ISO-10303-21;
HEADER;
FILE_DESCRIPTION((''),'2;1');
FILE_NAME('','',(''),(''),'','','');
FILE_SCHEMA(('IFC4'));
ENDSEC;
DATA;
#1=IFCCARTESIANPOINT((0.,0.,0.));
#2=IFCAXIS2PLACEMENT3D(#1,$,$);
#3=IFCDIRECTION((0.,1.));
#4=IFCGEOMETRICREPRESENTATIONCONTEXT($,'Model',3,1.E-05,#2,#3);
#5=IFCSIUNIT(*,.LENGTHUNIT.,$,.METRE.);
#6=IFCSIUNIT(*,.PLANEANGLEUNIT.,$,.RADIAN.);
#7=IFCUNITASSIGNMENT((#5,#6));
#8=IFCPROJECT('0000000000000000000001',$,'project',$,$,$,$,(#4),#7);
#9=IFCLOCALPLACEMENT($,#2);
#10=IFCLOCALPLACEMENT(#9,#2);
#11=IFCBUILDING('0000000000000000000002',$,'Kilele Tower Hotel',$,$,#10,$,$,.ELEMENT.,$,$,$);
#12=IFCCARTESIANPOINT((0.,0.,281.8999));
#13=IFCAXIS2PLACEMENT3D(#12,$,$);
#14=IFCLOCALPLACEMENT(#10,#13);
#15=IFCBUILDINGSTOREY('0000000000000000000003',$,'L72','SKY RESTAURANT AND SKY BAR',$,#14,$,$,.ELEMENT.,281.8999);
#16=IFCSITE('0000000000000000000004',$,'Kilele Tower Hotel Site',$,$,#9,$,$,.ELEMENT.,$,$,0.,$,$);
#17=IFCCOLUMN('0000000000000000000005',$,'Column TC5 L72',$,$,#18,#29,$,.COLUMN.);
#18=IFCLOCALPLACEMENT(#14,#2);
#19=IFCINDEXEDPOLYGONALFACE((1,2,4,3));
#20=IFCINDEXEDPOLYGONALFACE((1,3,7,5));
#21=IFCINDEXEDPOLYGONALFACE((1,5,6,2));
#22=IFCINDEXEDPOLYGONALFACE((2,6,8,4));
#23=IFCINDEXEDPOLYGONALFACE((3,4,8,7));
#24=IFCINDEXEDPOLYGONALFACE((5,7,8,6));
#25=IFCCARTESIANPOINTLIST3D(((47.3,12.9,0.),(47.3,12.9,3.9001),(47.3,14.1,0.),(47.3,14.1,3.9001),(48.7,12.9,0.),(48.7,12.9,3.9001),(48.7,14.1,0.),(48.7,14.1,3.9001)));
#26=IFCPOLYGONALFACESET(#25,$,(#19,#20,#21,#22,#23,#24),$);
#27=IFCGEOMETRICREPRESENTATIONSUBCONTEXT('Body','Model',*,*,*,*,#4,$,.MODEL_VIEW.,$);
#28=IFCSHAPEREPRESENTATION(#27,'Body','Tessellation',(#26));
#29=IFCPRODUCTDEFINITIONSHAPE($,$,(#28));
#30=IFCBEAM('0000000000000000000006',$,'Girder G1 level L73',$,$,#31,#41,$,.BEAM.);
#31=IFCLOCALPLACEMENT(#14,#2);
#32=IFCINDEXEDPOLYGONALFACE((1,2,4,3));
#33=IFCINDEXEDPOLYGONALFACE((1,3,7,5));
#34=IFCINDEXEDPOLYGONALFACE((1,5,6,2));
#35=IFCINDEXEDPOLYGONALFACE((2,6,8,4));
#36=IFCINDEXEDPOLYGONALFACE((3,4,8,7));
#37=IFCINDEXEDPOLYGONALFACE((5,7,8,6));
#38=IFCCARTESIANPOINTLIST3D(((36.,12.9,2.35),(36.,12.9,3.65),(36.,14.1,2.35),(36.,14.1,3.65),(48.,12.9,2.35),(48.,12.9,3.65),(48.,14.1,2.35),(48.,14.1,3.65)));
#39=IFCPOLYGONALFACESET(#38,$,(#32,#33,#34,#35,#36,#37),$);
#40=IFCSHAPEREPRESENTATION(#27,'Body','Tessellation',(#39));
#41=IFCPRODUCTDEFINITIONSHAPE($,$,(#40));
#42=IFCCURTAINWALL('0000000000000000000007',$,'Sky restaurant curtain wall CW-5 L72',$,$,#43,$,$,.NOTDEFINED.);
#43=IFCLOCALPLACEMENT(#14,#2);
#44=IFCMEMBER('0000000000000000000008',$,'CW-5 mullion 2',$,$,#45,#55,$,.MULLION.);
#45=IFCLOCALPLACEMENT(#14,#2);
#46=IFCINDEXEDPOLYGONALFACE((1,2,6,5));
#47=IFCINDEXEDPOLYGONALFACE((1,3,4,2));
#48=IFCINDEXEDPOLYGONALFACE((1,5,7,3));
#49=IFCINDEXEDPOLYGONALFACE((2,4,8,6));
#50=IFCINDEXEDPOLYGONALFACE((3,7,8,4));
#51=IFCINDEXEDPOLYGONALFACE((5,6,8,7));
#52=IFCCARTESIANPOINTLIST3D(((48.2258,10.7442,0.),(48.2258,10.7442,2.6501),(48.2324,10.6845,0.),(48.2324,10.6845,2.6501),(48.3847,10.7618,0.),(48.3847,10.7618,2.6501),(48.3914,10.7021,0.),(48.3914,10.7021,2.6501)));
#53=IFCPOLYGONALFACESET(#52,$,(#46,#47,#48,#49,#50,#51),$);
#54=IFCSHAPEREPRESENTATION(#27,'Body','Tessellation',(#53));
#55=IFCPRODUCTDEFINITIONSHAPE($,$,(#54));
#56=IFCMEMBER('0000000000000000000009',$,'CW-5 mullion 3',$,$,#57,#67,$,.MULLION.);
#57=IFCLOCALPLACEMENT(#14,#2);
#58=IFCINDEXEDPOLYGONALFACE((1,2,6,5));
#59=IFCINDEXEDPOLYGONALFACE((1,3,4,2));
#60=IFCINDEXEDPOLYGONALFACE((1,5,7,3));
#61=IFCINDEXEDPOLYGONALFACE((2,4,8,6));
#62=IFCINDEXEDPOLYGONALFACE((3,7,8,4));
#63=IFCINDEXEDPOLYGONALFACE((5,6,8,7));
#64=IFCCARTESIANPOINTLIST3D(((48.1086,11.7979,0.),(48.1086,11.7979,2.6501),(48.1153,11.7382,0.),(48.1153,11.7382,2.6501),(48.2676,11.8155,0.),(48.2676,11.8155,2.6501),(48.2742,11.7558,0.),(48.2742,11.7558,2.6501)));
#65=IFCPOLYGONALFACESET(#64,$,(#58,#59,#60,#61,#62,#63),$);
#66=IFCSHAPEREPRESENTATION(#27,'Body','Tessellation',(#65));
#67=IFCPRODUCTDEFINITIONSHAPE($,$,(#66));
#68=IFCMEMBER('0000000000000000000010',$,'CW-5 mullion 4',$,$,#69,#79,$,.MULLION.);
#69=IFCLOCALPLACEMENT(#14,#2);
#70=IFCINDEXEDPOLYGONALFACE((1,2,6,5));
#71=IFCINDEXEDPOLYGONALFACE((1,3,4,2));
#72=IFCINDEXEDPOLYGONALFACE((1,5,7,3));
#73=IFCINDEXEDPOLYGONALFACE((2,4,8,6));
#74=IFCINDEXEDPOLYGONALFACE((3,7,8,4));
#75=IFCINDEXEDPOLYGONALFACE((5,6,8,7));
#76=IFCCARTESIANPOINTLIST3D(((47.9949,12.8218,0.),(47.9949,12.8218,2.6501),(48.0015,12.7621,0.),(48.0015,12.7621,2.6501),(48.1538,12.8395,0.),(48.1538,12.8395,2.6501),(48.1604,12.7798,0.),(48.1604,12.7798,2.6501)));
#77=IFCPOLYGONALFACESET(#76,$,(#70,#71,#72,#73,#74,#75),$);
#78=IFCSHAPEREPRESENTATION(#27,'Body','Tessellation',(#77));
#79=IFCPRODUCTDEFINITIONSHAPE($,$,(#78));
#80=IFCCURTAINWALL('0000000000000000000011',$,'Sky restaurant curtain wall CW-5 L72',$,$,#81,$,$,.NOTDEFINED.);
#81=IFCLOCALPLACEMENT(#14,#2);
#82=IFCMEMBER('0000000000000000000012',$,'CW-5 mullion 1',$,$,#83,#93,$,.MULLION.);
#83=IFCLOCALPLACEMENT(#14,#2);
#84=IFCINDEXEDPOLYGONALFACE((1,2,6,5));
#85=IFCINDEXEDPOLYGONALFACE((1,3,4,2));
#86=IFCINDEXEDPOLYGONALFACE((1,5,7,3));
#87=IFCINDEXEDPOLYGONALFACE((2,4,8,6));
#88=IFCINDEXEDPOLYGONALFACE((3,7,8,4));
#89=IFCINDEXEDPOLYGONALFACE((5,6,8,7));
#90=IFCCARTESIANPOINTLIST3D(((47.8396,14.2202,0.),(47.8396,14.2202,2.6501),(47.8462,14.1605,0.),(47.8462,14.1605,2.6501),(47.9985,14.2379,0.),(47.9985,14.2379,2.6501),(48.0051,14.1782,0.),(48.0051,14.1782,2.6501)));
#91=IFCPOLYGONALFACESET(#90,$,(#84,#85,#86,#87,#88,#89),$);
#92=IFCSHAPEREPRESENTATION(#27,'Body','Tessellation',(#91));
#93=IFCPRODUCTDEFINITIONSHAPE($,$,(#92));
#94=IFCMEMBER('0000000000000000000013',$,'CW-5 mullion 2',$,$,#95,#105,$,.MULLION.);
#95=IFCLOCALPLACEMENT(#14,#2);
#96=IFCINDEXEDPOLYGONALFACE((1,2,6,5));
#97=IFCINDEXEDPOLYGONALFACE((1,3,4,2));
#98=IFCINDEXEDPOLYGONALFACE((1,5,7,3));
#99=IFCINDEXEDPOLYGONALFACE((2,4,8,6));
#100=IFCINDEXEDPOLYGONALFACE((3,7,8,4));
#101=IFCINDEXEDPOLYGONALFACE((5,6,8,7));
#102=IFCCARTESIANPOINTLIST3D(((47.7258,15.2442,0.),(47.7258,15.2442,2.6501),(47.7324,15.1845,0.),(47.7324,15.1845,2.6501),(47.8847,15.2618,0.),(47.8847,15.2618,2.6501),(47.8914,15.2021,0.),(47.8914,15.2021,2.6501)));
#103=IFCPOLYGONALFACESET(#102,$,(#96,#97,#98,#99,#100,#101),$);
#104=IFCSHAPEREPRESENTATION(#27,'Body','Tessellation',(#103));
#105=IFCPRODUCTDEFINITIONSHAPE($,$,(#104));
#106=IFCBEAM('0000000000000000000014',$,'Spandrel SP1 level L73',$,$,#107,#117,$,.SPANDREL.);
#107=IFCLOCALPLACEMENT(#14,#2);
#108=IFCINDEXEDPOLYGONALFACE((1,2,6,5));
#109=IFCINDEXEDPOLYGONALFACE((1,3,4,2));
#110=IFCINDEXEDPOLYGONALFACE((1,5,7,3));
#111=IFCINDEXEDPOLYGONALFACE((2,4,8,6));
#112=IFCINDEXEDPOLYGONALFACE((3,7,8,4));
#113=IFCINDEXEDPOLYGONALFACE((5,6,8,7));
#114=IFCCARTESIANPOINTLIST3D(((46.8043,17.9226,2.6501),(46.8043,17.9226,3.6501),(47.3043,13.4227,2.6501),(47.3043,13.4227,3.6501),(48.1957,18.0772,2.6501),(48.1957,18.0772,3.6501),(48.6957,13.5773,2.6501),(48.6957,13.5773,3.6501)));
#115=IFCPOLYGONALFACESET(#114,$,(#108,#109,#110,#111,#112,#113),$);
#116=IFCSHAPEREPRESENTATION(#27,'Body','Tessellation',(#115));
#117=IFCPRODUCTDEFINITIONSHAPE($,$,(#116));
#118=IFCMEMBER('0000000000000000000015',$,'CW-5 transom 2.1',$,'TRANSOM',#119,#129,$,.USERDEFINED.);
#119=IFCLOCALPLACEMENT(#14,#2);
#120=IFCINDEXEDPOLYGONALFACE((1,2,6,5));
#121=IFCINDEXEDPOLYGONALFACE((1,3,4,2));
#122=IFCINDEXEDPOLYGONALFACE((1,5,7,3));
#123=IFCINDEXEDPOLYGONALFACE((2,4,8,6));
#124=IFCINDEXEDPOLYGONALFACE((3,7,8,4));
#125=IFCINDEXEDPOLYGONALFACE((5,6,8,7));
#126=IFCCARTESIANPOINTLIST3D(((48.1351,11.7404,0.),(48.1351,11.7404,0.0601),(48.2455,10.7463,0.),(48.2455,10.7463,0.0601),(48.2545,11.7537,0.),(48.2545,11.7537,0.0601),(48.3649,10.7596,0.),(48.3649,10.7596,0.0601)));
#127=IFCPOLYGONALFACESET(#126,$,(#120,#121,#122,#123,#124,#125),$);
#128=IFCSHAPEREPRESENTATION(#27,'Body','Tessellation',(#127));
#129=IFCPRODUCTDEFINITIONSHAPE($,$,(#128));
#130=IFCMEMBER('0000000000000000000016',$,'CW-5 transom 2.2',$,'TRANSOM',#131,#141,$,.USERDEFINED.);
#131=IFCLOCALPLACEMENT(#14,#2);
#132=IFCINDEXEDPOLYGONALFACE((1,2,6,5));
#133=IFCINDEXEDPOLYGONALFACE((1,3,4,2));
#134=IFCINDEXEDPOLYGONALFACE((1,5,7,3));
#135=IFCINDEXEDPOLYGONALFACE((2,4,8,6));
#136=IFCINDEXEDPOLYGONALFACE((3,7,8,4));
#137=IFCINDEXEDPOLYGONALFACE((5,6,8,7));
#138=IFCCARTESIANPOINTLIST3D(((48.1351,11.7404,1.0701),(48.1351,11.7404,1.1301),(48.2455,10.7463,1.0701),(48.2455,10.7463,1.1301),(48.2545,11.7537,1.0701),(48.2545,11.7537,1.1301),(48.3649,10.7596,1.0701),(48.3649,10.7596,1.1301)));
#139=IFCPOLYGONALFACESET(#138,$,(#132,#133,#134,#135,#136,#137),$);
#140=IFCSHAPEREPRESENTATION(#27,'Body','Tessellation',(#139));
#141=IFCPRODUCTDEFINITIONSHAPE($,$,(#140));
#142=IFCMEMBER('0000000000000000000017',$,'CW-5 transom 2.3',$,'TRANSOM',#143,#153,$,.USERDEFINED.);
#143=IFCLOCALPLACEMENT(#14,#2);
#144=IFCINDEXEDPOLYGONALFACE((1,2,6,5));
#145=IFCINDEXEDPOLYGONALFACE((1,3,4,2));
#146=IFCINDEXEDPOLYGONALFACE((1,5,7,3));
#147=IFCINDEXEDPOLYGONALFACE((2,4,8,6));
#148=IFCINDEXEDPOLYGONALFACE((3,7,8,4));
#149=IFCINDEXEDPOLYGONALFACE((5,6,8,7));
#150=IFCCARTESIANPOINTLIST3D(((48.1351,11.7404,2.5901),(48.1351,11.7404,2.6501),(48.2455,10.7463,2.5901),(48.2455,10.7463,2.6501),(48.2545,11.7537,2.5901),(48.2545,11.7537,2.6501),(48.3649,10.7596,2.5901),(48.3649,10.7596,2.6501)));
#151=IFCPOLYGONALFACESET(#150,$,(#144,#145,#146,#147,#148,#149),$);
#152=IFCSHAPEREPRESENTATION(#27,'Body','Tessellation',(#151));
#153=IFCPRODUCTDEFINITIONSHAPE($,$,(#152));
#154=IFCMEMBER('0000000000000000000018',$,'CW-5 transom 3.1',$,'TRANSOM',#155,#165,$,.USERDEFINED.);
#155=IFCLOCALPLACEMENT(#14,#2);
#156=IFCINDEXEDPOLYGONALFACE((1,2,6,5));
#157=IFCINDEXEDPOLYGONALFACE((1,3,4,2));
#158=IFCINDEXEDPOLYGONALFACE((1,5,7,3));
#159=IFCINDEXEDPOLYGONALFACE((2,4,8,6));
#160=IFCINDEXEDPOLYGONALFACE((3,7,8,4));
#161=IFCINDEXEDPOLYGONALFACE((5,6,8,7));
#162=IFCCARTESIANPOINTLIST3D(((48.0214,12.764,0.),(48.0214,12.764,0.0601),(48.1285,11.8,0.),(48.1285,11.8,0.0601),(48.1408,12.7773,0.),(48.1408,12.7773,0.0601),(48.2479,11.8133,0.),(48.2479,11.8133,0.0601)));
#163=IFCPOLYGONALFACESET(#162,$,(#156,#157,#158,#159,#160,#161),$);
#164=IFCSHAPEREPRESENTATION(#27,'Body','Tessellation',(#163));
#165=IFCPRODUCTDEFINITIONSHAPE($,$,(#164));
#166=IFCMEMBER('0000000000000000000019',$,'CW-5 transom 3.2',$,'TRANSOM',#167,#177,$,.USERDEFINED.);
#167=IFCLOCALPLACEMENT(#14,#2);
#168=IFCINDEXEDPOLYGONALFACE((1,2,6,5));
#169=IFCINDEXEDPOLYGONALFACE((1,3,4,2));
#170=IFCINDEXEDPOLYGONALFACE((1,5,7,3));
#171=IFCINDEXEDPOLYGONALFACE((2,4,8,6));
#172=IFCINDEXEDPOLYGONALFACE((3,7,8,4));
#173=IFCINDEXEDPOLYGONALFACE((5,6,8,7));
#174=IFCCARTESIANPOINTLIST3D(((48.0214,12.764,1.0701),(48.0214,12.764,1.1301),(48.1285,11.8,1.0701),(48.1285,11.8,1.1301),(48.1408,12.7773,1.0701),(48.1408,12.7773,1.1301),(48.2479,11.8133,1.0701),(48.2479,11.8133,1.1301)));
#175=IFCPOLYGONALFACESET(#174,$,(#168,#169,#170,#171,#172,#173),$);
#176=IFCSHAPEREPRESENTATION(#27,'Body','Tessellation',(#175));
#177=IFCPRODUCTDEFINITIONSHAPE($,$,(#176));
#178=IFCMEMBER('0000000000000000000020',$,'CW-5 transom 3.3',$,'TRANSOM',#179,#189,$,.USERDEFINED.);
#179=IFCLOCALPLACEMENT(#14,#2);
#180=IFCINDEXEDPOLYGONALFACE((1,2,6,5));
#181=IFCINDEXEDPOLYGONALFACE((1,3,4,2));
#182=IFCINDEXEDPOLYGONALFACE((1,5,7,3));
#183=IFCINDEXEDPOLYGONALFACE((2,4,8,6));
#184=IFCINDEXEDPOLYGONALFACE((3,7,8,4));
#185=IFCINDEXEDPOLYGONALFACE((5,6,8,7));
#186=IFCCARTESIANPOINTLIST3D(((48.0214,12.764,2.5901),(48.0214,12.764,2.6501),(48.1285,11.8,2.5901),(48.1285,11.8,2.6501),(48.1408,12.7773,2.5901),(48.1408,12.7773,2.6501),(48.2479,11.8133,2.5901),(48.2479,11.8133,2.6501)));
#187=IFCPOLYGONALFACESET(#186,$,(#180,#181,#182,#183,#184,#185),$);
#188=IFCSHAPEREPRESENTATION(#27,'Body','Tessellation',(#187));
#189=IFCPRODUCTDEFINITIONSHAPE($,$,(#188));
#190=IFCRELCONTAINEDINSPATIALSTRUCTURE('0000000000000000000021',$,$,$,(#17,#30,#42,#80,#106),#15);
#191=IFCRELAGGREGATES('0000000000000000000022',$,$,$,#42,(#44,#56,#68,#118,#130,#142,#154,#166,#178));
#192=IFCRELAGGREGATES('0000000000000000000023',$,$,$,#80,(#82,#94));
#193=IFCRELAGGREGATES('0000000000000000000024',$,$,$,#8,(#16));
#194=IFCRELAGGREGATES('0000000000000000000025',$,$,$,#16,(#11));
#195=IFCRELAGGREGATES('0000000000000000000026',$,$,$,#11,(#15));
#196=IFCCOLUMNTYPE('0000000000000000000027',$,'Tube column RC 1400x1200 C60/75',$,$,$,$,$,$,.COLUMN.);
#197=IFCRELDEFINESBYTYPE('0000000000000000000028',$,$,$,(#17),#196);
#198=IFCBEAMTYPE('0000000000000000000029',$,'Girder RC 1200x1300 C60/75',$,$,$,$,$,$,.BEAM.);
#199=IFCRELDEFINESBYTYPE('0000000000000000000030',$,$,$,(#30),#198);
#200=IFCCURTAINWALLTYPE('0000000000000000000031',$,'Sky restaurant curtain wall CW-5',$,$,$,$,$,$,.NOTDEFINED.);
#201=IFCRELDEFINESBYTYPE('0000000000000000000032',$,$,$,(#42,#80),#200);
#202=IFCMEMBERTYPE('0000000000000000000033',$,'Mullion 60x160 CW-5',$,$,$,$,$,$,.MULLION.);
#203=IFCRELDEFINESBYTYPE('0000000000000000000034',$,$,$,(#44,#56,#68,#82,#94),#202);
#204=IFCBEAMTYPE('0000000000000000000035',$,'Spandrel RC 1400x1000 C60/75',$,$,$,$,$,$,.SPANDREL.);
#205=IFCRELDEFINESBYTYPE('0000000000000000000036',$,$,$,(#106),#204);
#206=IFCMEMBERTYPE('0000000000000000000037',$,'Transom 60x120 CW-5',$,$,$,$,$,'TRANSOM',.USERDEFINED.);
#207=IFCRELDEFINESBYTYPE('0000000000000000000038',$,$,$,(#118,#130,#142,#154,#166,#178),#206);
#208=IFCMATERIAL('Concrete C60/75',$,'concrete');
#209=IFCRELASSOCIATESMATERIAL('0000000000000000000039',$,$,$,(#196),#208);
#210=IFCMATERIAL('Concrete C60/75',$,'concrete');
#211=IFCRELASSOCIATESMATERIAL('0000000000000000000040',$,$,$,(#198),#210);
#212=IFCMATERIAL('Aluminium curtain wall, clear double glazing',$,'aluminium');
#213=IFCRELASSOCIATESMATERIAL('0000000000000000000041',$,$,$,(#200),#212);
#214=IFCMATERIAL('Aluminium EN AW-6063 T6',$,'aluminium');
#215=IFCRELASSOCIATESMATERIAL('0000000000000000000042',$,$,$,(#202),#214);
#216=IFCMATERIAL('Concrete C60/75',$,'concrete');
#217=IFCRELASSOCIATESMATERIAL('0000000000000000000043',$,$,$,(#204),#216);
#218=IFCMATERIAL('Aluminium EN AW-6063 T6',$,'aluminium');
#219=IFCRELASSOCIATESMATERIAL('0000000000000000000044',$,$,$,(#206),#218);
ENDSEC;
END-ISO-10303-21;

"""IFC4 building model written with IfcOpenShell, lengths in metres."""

from ifc_helpers import new_model, si_unit, direction, frame, origin, origin_2d, place, context, subcontext, project, spatial, rectangle, extrude, material, material_profile, profile_set, type_object, element, aggregate, save


model = new_model("IFC4")

# Units and contexts
model_context = context("Model", 3, precision=1e-05, world=origin(), true_north=direction((0.0, 1.0)))
body_context = subcontext(model_context, "Body", "Model", "MODEL_VIEW")
ifc_project = project(units=[si_unit("LENGTHUNIT", "METRE"), si_unit("PLANEANGLEUNIT", "RADIAN")], contexts=[model_context])

# Site, building, storey
site_placement = place(None, origin())
site = spatial("IfcSite", under=ifc_project, at=site_placement, Name="Kilele Tower Hotel Site", CompositionType="ELEMENT", RefElevation=0.0)
building_placement = place(site_placement, origin())
building = spatial("IfcBuilding", under=site, at=building_placement, Name="Kilele Tower Hotel", CompositionType="ELEMENT")
storey_placement = place(building_placement, frame((0.0, 0.0, 281.8999)))
storey = spatial("IfcBuildingStorey", under=building, at=storey_placement, Name="L72", Description="SKY RESTAURANT AND SKY BAR", CompositionType="ELEMENT", Elevation=281.8999)

# Column
ifc_material_1 = material(Name="Concrete C60/75", Category="concrete")
ifc_material_profile_1 = material_profile(ifc_material_1, rectangle(XDim=1.3999, YDim=1.2, at=origin_2d()))
ifc_profile_set_1 = profile_set([ifc_material_profile_1], Name="Concrete C60/75")
column_type = type_object("IfcColumnType", Name="Tube column RC 1400x1200 C60/75", PredefinedType="COLUMN", material=ifc_profile_set_1)
column_placement = place(storey_placement, frame((48.0, 13.5, 0.0), z_axis=(0.0, 0.0, 1.0), x_axis=(1.0, 0.0, 0.0)))
element("IfcColumn", 1, at=column_placement, inside=storey, type_object=column_type, Name="Column TC5 L72", PredefinedType="COLUMN", context=body_context, shape_type="SweptSolid", body=[
    extrude(rectangle(XDim=1.3999, YDim=1.2, at=origin_2d()), origin(), (0.0, 0.0, 1.0), 3.9001),
])

# Beam
ifc_material_2 = material(Name="Concrete C60/75", Category="concrete")
ifc_material_profile_2 = material_profile(ifc_material_2, rectangle(XDim=1.2, YDim=1.3, at=origin_2d()))
ifc_profile_set_2 = profile_set([ifc_material_profile_2], Name="Concrete C60/75")
beam_type_1 = type_object("IfcBeamType", Name="Girder RC 1200x1300 C60/75", PredefinedType="BEAM", material=ifc_profile_set_2)
beam_1_placement = place(storey_placement, frame((48.0, 13.5, 3.0), z_axis=(-1.0, 0.0, 0.0), x_axis=(0.0, -1.0, 0.0)))
element("IfcBeam", 2, at=beam_1_placement, inside=storey, type_object=beam_type_1, Name="Girder G1 level L73", PredefinedType="BEAM", context=body_context, shape_type="SweptSolid", body=[
    extrude(rectangle(XDim=1.2, YDim=1.3, at=origin_2d()), origin(), (0.0, 0.0, 1.0), 12.0),
])

# Curtain walls, members
ifc_material_3 = material(Name="Aluminium curtain wall, clear double glazing", Category="aluminium")
curtain_wall_type = type_object("IfcCurtainWallType", Name="Sky restaurant curtain wall CW-5", PredefinedType="NOTDEFINED", material=ifc_material_3)
curtain_wall_1_placement = place(storey_placement, origin())
curtain_wall_1 = element("IfcCurtainWall", 3, at=curtain_wall_1_placement, inside=storey, type_object=curtain_wall_type, Name="Sky restaurant curtain wall CW-5 L72", PredefinedType="NOTDEFINED")
ifc_material_4 = material(Name="Aluminium EN AW-6063 T6", Category="aluminium")
ifc_material_profile_3 = material_profile(ifc_material_4, rectangle(XDim=0.1599, YDim=0.0601, at=origin_2d()))
ifc_profile_set_3 = profile_set([ifc_material_profile_3], Name="Aluminium EN AW-6063 T6")
member_type_1 = type_object("IfcMemberType", Name="Mullion 60x160 CW-5", PredefinedType="MULLION", material=ifc_profile_set_3)
member_1_placement = place(storey_placement, frame((48.3086, 10.7231, 0.0), z_axis=(0.0, 0.0, 1.0), x_axis=(-0.993884, -0.110432, 0.0)))
member_1 = element("IfcMember", 4, at=member_1_placement, type_object=member_type_1, Name="CW-5 mullion 2", PredefinedType="MULLION", context=body_context, shape_type="SweptSolid", body=[
    extrude(rectangle(XDim=0.1599, YDim=0.0601, at=origin_2d()), origin(), (0.0, 0.0, 1.0), 2.6501),
])
member_2_placement = place(storey_placement, frame((48.1914, 11.7769, 0.0), z_axis=(0.0, 0.0, 1.0), x_axis=(-0.993884, -0.110432, 0.0)))
member_2 = element("IfcMember", 5, at=member_2_placement, type_object=member_type_1, Name="CW-5 mullion 3", PredefinedType="MULLION", context=body_context, shape_type="SweptSolid", body=[
    extrude(rectangle(XDim=0.1599, YDim=0.0601, at=origin_2d()), origin(), (0.0, 0.0, 1.0), 2.6501),
])
member_3_placement = place(storey_placement, frame((48.0776, 12.8008, 0.0), z_axis=(0.0, 0.0, 1.0), x_axis=(-0.993884, -0.110432, 0.0)))
member_3 = element("IfcMember", 6, at=member_3_placement, type_object=member_type_1, Name="CW-5 mullion 4", PredefinedType="MULLION", context=body_context, shape_type="SweptSolid", body=[
    extrude(rectangle(XDim=0.1599, YDim=0.0601, at=origin_2d()), origin(), (0.0, 0.0, 1.0), 2.6501),
])
curtain_wall_2_placement = place(storey_placement, origin())
curtain_wall_2 = element("IfcCurtainWall", 7, at=curtain_wall_2_placement, inside=storey, type_object=curtain_wall_type, Name="Sky restaurant curtain wall CW-5 L72", PredefinedType="NOTDEFINED")
member_4_placement = place(storey_placement, frame((47.9224, 14.1992, 0.0), z_axis=(0.0, 0.0, 1.0), x_axis=(-0.993884, -0.110432, 0.0)))
member_4 = element("IfcMember", 8, at=member_4_placement, type_object=member_type_1, Name="CW-5 mullion 1", PredefinedType="MULLION", context=body_context, shape_type="SweptSolid", body=[
    extrude(rectangle(XDim=0.1599, YDim=0.0601, at=origin_2d()), origin(), (0.0, 0.0, 1.0), 2.6501),
])
member_5_placement = place(storey_placement, frame((47.8086, 15.2231, 0.0), z_axis=(0.0, 0.0, 1.0), x_axis=(-0.993884, -0.110432, 0.0)))
member_5 = element("IfcMember", 9, at=member_5_placement, type_object=member_type_1, Name="CW-5 mullion 2", PredefinedType="MULLION", context=body_context, shape_type="SweptSolid", body=[
    extrude(rectangle(XDim=0.1599, YDim=0.0601, at=origin_2d()), origin(), (0.0, 0.0, 1.0), 2.6501),
])

# Beam
ifc_material_5 = material(Name="Concrete C60/75", Category="concrete")
ifc_material_profile_4 = material_profile(ifc_material_5, rectangle(XDim=1.3999, YDim=1.0, at=origin_2d()))
ifc_profile_set_4 = profile_set([ifc_material_profile_4], Name="Concrete C60/75")
beam_type_2 = type_object("IfcBeamType", Name="Spandrel RC 1400x1000 C60/75", PredefinedType="SPANDREL", material=ifc_profile_set_4)
beam_2_placement = place(storey_placement, frame((48.0, 13.5, 3.1501), z_axis=(-0.110432, 0.993884, 0.0), x_axis=(-0.993884, -0.110432, 0.0)))
element("IfcBeam", 10, at=beam_2_placement, inside=storey, type_object=beam_type_2, Name="Spandrel SP1 level L73", PredefinedType="SPANDREL", context=body_context, shape_type="SweptSolid", body=[
    extrude(rectangle(XDim=1.3999, YDim=1.0, at=origin_2d()), origin(), (0.0, 0.0, 1.0), 4.5276),
])

# Members
ifc_material_6 = material(Name="Aluminium EN AW-6063 T6", Category="aluminium")
ifc_material_profile_5 = material_profile(ifc_material_6, rectangle(XDim=0.1201, YDim=0.0601, at=origin_2d()))
ifc_profile_set_5 = profile_set([ifc_material_profile_5], Name="Aluminium EN AW-6063 T6")
member_type_2 = type_object("IfcMemberType", Name="Transom 60x120 CW-5", ElementType="TRANSOM", PredefinedType="USERDEFINED", material=ifc_profile_set_5)
member_6_placement = place(storey_placement, frame((48.3052, 10.7529, 0.03), z_axis=(-0.110324, 0.993896, 0.0), x_axis=(-0.993896, -0.110324, 0.0)))
member_6 = element("IfcMember", 11, at=member_6_placement, type_object=member_type_2, Name="CW-5 transom 2.1", ObjectType="TRANSOM", PredefinedType="USERDEFINED", context=body_context, shape_type="SweptSolid", body=[
    extrude(rectangle(XDim=0.1201, YDim=0.0601, at=origin_2d()), origin(), (0.0, 0.0, 1.0), 1.0002),
])
member_7_placement = place(storey_placement, frame((48.3052, 10.7529, 1.1001), z_axis=(-0.110324, 0.993896, 0.0), x_axis=(-0.993896, -0.110324, 0.0)))
member_7 = element("IfcMember", 12, at=member_7_placement, type_object=member_type_2, Name="CW-5 transom 2.2", ObjectType="TRANSOM", PredefinedType="USERDEFINED", context=body_context, shape_type="SweptSolid", body=[
    extrude(rectangle(XDim=0.1201, YDim=0.0601, at=origin_2d()), origin(), (0.0, 0.0, 1.0), 1.0002),
])
member_8_placement = place(storey_placement, frame((48.3052, 10.7529, 2.6201), z_axis=(-0.110324, 0.993896, 0.0), x_axis=(-0.993896, -0.110324, 0.0)))
member_8 = element("IfcMember", 13, at=member_8_placement, type_object=member_type_2, Name="CW-5 transom 2.3", ObjectType="TRANSOM", PredefinedType="USERDEFINED", context=body_context, shape_type="SweptSolid", body=[
    extrude(rectangle(XDim=0.1201, YDim=0.0601, at=origin_2d()), origin(), (0.0, 0.0, 1.0), 1.0002),
])
member_9_placement = place(storey_placement, frame((48.1882, 11.8066, 0.03), z_axis=(-0.110487, 0.993878, 0.0), x_axis=(-0.993878, -0.110487, 0.0)))
member_9 = element("IfcMember", 14, at=member_9_placement, type_object=member_type_2, Name="CW-5 transom 3.1", ObjectType="TRANSOM", PredefinedType="USERDEFINED", context=body_context, shape_type="SweptSolid", body=[
    extrude(rectangle(XDim=0.1201, YDim=0.0601, at=origin_2d()), origin(), (0.0, 0.0, 1.0), 0.97),
])
member_10_placement = place(storey_placement, frame((48.1882, 11.8066, 1.1001), z_axis=(-0.110487, 0.993878, 0.0), x_axis=(-0.993878, -0.110487, 0.0)))
member_10 = element("IfcMember", 15, at=member_10_placement, type_object=member_type_2, Name="CW-5 transom 3.2", ObjectType="TRANSOM", PredefinedType="USERDEFINED", context=body_context, shape_type="SweptSolid", body=[
    extrude(rectangle(XDim=0.1201, YDim=0.0601, at=origin_2d()), origin(), (0.0, 0.0, 1.0), 0.97),
])
member_11_placement = place(storey_placement, frame((48.1882, 11.8066, 2.6201), z_axis=(-0.110487, 0.993878, 0.0), x_axis=(-0.993878, -0.110487, 0.0)))
member_11 = element("IfcMember", 16, at=member_11_placement, type_object=member_type_2, Name="CW-5 transom 3.3", ObjectType="TRANSOM", PredefinedType="USERDEFINED", context=body_context, shape_type="SweptSolid", body=[
    extrude(rectangle(XDim=0.1201, YDim=0.0601, at=origin_2d()), origin(), (0.0, 0.0, 1.0), 0.97),
])

aggregate(curtain_wall_1, [member_1, member_2, member_3, member_6, member_7, member_8, member_9, member_10, member_11])
aggregate(curtain_wall_2, [member_4, member_5])

save(model, "model.ifc")
